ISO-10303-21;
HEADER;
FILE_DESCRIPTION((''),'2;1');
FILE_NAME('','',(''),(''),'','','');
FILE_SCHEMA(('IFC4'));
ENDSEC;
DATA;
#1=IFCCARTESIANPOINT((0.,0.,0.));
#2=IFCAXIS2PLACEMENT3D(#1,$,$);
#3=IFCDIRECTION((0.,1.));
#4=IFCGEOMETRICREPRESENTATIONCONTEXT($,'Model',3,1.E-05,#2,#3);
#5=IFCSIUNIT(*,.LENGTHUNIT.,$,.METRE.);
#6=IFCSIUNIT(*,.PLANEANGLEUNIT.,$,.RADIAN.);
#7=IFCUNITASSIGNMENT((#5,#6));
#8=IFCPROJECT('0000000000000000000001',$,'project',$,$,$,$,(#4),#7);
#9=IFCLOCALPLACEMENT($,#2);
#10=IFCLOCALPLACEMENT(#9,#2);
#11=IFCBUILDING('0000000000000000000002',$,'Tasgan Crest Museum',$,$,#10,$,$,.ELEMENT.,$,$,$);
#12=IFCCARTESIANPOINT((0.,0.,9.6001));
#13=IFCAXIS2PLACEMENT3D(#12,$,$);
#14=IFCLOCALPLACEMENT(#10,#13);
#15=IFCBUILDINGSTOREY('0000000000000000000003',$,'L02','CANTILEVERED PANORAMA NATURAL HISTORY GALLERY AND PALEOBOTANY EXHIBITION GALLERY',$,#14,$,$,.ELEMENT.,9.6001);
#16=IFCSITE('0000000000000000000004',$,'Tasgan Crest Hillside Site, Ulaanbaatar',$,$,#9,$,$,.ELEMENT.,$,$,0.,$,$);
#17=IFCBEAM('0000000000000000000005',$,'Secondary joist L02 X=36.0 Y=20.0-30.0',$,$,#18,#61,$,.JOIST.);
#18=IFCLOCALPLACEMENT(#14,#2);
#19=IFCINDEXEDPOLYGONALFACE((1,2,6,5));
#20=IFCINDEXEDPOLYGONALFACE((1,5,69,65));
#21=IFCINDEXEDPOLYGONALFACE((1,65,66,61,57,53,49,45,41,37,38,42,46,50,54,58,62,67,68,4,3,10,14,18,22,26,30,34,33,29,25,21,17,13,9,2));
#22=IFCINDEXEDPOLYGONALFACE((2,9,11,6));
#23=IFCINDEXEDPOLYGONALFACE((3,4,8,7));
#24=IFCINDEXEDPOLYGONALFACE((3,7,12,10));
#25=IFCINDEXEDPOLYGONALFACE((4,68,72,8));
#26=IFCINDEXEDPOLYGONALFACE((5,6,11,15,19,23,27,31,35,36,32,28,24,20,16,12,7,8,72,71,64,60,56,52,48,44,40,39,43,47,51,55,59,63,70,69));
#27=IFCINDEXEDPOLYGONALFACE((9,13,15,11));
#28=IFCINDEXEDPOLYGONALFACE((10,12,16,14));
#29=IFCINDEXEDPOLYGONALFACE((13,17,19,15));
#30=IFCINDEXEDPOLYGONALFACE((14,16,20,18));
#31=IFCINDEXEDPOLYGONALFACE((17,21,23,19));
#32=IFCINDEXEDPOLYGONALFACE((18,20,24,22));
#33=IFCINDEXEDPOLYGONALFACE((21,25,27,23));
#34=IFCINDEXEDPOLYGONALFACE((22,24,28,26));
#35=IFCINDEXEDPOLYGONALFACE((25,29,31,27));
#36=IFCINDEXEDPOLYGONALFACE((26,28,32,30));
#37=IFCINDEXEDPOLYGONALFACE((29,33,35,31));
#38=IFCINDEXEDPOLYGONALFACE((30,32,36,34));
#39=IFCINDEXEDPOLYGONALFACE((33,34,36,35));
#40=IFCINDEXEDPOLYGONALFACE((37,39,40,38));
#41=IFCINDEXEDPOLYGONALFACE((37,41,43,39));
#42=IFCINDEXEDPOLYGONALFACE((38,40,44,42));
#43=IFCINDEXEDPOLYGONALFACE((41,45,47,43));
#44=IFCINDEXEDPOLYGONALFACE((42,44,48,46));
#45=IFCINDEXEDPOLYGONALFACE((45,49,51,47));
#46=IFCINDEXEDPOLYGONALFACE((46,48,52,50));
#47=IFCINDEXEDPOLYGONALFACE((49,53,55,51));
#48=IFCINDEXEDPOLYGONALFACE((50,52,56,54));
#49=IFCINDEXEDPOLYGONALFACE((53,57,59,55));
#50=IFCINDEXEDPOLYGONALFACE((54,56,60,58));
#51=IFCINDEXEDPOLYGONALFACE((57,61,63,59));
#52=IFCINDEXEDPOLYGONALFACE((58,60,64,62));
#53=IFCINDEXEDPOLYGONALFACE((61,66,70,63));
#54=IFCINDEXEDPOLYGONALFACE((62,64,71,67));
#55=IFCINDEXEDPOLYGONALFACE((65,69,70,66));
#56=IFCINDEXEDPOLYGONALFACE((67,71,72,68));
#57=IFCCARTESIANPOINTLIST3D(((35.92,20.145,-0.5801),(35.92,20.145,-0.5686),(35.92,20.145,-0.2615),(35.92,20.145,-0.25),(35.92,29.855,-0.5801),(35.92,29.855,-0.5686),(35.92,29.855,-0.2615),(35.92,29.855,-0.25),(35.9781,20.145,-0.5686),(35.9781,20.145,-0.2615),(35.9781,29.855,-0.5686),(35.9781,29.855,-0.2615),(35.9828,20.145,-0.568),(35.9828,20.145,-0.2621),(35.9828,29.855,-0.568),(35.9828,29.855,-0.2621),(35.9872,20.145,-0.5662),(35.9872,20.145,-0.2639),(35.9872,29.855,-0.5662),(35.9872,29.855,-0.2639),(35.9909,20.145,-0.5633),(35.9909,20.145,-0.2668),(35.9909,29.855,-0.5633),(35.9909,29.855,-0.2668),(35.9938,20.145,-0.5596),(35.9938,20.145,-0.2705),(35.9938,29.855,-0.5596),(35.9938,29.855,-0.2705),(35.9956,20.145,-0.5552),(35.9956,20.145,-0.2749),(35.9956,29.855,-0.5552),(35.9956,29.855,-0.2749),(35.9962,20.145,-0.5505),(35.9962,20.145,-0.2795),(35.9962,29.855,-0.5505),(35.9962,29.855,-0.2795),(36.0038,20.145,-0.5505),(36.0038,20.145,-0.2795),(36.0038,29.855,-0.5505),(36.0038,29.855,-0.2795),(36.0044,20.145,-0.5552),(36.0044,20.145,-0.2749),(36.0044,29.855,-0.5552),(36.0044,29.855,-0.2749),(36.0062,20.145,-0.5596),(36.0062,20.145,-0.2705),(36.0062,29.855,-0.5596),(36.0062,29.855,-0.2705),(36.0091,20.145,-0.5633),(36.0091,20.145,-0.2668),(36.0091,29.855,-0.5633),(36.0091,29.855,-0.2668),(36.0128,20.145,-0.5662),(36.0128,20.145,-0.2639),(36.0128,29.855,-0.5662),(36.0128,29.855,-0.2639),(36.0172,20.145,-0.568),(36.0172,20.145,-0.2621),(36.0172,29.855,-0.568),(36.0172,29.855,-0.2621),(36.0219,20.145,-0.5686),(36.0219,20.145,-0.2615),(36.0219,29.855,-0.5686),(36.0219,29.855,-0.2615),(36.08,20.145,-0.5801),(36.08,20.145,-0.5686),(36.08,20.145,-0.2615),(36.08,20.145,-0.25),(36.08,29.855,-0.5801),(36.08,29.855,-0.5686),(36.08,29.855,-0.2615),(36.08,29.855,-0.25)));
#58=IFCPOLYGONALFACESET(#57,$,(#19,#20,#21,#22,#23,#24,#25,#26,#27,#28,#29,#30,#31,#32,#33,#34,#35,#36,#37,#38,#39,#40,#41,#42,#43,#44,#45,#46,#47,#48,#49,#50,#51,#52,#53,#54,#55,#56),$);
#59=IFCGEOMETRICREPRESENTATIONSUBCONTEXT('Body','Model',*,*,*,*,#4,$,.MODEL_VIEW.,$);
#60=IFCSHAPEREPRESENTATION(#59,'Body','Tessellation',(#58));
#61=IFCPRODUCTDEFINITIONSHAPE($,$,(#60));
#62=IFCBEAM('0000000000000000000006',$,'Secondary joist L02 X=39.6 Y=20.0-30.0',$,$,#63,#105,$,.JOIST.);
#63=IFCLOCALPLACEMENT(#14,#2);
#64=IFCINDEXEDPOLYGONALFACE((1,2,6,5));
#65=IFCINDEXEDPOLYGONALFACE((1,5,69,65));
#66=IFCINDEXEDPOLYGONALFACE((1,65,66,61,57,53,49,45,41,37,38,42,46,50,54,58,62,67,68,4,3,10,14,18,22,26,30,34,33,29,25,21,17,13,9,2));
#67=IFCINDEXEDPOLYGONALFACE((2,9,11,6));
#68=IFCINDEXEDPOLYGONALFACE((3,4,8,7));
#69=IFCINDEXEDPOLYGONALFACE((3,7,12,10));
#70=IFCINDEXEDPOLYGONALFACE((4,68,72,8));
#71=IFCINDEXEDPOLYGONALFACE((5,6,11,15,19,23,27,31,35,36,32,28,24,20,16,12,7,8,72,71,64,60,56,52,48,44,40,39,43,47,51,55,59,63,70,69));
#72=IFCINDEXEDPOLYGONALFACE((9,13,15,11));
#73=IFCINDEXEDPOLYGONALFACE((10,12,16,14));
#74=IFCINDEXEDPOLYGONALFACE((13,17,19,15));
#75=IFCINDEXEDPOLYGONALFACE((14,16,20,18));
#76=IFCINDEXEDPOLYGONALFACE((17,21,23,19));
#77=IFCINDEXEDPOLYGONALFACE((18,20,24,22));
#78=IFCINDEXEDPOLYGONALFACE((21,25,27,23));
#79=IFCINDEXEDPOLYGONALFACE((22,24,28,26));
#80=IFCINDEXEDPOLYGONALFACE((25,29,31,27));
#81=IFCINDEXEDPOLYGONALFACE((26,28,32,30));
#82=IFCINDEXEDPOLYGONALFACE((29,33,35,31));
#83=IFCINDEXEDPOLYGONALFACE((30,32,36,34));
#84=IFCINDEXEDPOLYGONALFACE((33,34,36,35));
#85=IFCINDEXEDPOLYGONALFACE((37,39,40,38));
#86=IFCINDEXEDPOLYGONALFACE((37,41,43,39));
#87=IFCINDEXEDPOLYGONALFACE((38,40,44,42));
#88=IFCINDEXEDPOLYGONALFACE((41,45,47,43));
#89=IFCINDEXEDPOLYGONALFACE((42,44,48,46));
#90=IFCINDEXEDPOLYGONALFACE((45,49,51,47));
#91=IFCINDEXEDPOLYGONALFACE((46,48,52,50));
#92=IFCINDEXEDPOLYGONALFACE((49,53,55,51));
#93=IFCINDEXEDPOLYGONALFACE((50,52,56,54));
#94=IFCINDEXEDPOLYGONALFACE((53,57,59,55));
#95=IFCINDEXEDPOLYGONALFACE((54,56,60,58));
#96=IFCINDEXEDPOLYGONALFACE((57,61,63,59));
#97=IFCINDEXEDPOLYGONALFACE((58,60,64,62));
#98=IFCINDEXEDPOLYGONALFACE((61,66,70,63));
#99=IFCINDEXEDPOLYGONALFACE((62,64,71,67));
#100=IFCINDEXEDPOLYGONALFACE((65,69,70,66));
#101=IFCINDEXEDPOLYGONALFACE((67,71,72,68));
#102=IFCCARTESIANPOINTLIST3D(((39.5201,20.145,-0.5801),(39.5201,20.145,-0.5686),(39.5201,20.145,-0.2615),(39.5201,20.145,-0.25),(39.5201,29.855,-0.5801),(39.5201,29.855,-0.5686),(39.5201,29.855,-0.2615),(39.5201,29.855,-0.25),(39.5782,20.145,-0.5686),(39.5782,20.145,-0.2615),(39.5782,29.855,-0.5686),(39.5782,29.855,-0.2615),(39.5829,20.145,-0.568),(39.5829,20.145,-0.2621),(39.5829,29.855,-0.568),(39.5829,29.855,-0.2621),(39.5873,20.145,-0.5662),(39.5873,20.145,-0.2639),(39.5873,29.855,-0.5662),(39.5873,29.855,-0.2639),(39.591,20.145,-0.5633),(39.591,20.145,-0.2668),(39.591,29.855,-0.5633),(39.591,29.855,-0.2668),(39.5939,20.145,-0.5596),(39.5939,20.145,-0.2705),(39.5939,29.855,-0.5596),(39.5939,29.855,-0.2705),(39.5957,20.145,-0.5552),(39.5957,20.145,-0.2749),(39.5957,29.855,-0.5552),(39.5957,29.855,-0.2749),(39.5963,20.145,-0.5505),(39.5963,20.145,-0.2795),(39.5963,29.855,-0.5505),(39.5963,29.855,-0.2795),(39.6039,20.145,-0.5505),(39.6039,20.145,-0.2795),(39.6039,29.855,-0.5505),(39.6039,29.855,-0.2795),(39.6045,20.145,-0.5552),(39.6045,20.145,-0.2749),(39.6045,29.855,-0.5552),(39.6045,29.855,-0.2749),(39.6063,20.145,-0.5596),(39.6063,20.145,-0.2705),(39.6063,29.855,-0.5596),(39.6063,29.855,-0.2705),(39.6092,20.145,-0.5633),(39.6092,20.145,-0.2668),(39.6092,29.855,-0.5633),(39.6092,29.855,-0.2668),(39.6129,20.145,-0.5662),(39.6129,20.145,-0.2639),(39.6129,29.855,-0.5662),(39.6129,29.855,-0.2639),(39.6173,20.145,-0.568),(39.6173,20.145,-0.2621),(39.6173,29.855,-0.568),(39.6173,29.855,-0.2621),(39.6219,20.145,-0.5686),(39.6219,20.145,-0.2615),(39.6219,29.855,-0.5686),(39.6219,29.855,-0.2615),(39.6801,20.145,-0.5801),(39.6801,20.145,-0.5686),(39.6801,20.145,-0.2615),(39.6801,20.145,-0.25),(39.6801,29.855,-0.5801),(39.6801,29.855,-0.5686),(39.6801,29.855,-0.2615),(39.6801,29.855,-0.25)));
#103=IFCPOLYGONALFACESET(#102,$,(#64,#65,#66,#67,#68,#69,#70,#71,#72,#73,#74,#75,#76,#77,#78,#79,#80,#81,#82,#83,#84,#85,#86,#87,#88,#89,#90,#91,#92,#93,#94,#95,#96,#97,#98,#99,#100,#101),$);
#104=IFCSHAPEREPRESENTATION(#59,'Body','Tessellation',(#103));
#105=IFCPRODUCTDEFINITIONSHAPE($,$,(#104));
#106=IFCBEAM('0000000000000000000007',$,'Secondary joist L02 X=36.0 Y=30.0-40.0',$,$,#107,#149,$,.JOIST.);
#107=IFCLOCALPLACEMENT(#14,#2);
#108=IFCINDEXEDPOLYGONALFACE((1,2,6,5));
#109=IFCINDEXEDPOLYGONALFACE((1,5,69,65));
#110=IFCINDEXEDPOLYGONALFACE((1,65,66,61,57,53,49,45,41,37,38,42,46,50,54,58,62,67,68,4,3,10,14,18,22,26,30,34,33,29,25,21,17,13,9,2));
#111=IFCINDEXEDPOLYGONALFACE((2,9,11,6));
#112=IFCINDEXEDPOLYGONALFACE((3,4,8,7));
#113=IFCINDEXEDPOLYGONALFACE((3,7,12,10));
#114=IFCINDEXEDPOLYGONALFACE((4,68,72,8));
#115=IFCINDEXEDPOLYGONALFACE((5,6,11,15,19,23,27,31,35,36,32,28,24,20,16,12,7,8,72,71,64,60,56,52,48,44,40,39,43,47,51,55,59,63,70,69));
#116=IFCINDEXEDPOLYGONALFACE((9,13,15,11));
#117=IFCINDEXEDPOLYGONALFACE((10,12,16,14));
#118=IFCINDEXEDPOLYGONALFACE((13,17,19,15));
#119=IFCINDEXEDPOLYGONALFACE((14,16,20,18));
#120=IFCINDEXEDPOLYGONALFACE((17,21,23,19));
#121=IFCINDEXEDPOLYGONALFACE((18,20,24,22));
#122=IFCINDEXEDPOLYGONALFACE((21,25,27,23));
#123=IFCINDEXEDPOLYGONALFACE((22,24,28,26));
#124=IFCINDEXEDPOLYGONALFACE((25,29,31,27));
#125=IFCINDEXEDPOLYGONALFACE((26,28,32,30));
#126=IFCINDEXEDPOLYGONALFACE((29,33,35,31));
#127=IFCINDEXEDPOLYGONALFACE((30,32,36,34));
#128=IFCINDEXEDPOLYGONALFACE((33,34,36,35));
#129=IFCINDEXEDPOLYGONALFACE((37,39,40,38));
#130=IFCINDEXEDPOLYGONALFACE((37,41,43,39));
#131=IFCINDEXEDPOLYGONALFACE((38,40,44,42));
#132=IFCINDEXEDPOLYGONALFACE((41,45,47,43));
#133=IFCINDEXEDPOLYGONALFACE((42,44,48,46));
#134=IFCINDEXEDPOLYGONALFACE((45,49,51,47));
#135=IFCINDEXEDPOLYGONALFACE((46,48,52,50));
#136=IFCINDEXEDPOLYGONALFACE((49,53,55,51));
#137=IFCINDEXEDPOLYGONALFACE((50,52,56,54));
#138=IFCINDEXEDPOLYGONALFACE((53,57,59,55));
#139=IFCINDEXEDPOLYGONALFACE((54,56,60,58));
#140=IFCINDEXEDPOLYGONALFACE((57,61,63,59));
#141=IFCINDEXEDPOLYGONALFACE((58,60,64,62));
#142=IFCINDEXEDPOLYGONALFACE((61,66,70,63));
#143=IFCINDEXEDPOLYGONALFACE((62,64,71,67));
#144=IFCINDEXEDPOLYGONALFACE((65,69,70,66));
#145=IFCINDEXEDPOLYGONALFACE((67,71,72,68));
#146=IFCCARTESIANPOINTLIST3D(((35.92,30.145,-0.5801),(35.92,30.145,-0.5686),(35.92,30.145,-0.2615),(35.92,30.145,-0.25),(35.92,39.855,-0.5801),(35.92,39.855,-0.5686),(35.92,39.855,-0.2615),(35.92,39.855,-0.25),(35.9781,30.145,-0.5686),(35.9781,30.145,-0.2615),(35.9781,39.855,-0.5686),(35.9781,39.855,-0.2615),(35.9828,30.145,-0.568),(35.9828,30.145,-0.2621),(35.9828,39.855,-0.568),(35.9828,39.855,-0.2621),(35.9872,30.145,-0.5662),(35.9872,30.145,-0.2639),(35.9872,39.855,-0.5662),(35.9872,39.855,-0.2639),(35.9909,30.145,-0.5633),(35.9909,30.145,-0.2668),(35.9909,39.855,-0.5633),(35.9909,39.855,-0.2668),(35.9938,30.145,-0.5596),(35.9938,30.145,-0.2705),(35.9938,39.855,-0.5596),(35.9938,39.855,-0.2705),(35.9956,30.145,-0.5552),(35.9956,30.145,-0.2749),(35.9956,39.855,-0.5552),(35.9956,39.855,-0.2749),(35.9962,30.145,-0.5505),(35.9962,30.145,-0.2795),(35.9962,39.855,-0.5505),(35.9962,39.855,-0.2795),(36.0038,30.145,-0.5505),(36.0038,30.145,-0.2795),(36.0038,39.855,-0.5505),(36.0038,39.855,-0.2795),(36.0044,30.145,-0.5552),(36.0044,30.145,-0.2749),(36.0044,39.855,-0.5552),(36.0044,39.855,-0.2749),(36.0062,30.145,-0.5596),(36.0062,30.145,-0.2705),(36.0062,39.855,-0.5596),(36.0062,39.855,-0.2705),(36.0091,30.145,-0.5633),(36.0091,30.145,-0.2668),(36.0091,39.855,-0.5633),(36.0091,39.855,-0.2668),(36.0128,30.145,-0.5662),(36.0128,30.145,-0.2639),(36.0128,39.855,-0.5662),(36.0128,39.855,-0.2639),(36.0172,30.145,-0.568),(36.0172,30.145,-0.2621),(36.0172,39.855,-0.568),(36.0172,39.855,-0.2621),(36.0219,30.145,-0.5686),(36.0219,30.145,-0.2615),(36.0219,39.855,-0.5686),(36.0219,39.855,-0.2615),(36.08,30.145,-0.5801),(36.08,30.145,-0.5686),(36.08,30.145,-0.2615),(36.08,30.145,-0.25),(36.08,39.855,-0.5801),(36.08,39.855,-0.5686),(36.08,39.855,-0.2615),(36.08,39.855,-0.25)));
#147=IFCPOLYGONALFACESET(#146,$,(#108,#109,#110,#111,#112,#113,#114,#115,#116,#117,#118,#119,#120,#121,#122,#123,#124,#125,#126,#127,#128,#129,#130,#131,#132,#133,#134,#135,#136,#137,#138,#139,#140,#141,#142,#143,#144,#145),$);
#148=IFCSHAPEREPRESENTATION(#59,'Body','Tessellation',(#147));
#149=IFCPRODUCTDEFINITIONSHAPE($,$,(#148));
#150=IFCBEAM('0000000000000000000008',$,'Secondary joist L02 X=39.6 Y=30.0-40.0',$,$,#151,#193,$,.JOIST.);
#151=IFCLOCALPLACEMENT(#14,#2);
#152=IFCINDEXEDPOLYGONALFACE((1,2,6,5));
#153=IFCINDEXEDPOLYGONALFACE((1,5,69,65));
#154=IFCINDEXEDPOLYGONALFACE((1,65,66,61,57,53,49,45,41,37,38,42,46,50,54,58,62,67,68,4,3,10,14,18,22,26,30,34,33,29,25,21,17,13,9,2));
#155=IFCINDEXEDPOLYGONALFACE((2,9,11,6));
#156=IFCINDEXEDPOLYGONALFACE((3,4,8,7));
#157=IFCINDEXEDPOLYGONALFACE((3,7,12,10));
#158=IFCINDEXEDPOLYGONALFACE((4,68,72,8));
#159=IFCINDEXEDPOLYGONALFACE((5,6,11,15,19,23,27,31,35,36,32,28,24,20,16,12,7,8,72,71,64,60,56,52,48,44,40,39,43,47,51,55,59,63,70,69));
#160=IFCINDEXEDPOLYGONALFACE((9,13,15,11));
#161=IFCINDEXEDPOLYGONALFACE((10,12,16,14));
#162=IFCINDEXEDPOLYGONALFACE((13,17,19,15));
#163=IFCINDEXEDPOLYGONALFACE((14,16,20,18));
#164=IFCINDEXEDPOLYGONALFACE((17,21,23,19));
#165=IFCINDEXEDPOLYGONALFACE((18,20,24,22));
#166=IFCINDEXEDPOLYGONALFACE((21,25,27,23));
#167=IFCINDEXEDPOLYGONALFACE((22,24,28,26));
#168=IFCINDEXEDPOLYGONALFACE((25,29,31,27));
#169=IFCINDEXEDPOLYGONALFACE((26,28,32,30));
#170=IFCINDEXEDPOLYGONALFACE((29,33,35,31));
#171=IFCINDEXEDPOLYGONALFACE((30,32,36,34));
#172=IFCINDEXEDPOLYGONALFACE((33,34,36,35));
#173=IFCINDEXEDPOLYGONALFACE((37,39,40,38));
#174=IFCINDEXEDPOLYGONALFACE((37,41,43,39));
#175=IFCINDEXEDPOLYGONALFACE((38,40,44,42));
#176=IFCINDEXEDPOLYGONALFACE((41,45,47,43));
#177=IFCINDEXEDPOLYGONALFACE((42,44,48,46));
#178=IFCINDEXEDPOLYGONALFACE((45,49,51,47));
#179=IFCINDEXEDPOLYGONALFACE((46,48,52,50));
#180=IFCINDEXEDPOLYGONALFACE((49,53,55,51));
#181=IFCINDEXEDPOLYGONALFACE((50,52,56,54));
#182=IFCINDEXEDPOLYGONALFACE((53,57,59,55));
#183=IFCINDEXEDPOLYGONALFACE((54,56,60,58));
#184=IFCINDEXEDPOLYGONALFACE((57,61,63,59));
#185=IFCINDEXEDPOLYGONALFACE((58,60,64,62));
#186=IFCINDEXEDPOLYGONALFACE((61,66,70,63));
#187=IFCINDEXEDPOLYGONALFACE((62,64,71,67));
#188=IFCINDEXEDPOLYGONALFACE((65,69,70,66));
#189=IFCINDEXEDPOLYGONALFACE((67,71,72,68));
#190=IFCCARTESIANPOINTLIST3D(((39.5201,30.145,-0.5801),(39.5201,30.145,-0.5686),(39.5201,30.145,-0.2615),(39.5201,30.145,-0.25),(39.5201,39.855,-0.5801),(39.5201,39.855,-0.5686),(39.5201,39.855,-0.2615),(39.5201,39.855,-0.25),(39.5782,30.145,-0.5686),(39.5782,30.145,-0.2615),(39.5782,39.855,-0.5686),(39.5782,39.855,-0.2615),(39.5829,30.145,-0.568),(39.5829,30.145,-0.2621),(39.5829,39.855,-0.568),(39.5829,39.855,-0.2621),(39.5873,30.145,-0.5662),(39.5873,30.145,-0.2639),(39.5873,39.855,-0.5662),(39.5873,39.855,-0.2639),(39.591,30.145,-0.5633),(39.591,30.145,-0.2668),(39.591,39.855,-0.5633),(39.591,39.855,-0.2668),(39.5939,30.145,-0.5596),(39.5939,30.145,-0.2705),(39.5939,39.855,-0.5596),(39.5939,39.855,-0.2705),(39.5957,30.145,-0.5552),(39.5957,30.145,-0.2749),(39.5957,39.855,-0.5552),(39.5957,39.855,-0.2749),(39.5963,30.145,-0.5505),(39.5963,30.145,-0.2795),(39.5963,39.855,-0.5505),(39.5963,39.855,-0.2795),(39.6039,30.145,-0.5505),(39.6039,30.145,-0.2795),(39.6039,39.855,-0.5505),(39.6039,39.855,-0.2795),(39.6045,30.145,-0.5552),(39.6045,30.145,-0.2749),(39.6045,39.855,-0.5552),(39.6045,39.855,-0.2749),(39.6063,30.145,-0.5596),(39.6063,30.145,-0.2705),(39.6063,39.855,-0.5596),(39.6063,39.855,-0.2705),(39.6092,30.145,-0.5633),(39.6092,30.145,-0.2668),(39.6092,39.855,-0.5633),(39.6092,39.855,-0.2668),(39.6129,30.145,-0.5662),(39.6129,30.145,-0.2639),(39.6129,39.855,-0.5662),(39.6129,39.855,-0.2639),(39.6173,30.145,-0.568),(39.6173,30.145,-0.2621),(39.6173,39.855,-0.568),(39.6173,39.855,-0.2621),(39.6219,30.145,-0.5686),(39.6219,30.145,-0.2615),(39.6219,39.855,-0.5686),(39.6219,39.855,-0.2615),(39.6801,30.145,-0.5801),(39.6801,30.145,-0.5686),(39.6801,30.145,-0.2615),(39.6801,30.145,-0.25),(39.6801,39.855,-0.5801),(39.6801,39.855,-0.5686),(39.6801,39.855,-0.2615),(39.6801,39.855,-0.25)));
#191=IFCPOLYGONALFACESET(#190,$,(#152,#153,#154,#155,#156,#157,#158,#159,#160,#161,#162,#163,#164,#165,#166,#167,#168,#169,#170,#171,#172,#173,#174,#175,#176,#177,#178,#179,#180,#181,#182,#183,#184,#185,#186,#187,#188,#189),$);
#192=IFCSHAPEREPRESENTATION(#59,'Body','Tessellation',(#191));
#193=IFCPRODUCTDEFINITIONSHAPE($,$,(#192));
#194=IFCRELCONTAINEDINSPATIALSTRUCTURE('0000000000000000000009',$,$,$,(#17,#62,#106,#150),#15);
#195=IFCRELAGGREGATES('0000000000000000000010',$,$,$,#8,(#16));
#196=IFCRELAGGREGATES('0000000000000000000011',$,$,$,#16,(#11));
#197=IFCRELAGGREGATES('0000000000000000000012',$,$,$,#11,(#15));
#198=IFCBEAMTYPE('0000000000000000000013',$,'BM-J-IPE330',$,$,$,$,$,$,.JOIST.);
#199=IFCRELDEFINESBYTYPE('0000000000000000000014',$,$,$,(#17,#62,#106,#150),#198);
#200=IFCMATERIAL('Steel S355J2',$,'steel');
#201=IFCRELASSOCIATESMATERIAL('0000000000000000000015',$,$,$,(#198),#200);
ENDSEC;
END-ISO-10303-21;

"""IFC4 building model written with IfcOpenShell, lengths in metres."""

from ifc_helpers import new_model, si_unit, direction, frame, origin, origin_2d, place, context, subcontext, project, spatial, i_section, extrude, material, material_profile, profile_set, type_object, element, save


model = new_model("IFC4")

# Units and contexts
model_context = context("Model", 3, precision=1e-05, world=origin(), true_north=direction((0.0, 1.0)))
body_context = subcontext(model_context, "Body", "Model", "MODEL_VIEW")
ifc_project = project(units=[si_unit("LENGTHUNIT", "METRE"), si_unit("PLANEANGLEUNIT", "RADIAN")], contexts=[model_context])

# Site, building, storey
site_placement = place(None, origin())
site = spatial("IfcSite", under=ifc_project, at=site_placement, Name="Tasgan Crest Hillside Site, Ulaanbaatar", CompositionType="ELEMENT", RefElevation=0.0)
building_placement = place(site_placement, origin())
building = spatial("IfcBuilding", under=site, at=building_placement, Name="Tasgan Crest Museum", CompositionType="ELEMENT")
storey_placement = place(building_placement, frame((0.0, 0.0, 9.6001)))
storey = spatial("IfcBuildingStorey", under=building, at=storey_placement, Name="L02", Description="CANTILEVERED PANORAMA NATURAL HISTORY GALLERY AND PALEOBOTANY EXHIBITION GALLERY", CompositionType="ELEMENT", Elevation=9.6001)

# Beams
ifc_material_1 = material(Name="Steel S355J2", Category="steel")
ifc_material_profile_1 = material_profile(ifc_material_1, i_section(OverallWidth=0.1599, OverallDepth=0.3301, WebThickness=0.0076, FlangeThickness=0.0115, FilletRadius=0.0181, at=origin_2d()), Name="IPE 330")
ifc_profile_set_1 = profile_set([ifc_material_profile_1], Name="Steel S355J2")
beam_type_1 = type_object("IfcBeamType", Name="BM-J-IPE330", PredefinedType="JOIST", material=ifc_profile_set_1)
for number, where, z_axis, x_axis, name in (
    (1, (36.0, 20.145, -0.415), (0.0, 1.0, 0.0), (-1.0, 0.0, 0.0), "Secondary joist L02 X=36.0 Y=20.0-30.0"),
    (2, (39.6001, 20.145, -0.415), (0.0, 1.0, 0.0), (-1.0, 0.0, 0.0), "Secondary joist L02 X=39.6 Y=20.0-30.0"),
    (3, (36.0, 30.145, -0.415), (0.0, 1.0, 0.0), (-1.0, 0.0, 0.0), "Secondary joist L02 X=36.0 Y=30.0-40.0"),
    (4, (39.6001, 30.145, -0.415), (0.0, 1.0, 0.0), (-1.0, 0.0, 0.0), "Secondary joist L02 X=39.6 Y=30.0-40.0"),
):
    element("IfcBeam", number, at=place(storey_placement, frame(where, z_axis=z_axis, x_axis=x_axis)), inside=storey, type_object=beam_type_1, Name=name, PredefinedType="JOIST", context=body_context, shape_type="SweptSolid", body=[
        extrude(i_section(OverallWidth=0.1599, OverallDepth=0.3301, WebThickness=0.0076, FlangeThickness=0.0115, FilletRadius=0.0181, at=origin_2d()), origin(), (0.0, 0.0, 1.0), 9.71),
    ])

save(model, "model.ifc")
